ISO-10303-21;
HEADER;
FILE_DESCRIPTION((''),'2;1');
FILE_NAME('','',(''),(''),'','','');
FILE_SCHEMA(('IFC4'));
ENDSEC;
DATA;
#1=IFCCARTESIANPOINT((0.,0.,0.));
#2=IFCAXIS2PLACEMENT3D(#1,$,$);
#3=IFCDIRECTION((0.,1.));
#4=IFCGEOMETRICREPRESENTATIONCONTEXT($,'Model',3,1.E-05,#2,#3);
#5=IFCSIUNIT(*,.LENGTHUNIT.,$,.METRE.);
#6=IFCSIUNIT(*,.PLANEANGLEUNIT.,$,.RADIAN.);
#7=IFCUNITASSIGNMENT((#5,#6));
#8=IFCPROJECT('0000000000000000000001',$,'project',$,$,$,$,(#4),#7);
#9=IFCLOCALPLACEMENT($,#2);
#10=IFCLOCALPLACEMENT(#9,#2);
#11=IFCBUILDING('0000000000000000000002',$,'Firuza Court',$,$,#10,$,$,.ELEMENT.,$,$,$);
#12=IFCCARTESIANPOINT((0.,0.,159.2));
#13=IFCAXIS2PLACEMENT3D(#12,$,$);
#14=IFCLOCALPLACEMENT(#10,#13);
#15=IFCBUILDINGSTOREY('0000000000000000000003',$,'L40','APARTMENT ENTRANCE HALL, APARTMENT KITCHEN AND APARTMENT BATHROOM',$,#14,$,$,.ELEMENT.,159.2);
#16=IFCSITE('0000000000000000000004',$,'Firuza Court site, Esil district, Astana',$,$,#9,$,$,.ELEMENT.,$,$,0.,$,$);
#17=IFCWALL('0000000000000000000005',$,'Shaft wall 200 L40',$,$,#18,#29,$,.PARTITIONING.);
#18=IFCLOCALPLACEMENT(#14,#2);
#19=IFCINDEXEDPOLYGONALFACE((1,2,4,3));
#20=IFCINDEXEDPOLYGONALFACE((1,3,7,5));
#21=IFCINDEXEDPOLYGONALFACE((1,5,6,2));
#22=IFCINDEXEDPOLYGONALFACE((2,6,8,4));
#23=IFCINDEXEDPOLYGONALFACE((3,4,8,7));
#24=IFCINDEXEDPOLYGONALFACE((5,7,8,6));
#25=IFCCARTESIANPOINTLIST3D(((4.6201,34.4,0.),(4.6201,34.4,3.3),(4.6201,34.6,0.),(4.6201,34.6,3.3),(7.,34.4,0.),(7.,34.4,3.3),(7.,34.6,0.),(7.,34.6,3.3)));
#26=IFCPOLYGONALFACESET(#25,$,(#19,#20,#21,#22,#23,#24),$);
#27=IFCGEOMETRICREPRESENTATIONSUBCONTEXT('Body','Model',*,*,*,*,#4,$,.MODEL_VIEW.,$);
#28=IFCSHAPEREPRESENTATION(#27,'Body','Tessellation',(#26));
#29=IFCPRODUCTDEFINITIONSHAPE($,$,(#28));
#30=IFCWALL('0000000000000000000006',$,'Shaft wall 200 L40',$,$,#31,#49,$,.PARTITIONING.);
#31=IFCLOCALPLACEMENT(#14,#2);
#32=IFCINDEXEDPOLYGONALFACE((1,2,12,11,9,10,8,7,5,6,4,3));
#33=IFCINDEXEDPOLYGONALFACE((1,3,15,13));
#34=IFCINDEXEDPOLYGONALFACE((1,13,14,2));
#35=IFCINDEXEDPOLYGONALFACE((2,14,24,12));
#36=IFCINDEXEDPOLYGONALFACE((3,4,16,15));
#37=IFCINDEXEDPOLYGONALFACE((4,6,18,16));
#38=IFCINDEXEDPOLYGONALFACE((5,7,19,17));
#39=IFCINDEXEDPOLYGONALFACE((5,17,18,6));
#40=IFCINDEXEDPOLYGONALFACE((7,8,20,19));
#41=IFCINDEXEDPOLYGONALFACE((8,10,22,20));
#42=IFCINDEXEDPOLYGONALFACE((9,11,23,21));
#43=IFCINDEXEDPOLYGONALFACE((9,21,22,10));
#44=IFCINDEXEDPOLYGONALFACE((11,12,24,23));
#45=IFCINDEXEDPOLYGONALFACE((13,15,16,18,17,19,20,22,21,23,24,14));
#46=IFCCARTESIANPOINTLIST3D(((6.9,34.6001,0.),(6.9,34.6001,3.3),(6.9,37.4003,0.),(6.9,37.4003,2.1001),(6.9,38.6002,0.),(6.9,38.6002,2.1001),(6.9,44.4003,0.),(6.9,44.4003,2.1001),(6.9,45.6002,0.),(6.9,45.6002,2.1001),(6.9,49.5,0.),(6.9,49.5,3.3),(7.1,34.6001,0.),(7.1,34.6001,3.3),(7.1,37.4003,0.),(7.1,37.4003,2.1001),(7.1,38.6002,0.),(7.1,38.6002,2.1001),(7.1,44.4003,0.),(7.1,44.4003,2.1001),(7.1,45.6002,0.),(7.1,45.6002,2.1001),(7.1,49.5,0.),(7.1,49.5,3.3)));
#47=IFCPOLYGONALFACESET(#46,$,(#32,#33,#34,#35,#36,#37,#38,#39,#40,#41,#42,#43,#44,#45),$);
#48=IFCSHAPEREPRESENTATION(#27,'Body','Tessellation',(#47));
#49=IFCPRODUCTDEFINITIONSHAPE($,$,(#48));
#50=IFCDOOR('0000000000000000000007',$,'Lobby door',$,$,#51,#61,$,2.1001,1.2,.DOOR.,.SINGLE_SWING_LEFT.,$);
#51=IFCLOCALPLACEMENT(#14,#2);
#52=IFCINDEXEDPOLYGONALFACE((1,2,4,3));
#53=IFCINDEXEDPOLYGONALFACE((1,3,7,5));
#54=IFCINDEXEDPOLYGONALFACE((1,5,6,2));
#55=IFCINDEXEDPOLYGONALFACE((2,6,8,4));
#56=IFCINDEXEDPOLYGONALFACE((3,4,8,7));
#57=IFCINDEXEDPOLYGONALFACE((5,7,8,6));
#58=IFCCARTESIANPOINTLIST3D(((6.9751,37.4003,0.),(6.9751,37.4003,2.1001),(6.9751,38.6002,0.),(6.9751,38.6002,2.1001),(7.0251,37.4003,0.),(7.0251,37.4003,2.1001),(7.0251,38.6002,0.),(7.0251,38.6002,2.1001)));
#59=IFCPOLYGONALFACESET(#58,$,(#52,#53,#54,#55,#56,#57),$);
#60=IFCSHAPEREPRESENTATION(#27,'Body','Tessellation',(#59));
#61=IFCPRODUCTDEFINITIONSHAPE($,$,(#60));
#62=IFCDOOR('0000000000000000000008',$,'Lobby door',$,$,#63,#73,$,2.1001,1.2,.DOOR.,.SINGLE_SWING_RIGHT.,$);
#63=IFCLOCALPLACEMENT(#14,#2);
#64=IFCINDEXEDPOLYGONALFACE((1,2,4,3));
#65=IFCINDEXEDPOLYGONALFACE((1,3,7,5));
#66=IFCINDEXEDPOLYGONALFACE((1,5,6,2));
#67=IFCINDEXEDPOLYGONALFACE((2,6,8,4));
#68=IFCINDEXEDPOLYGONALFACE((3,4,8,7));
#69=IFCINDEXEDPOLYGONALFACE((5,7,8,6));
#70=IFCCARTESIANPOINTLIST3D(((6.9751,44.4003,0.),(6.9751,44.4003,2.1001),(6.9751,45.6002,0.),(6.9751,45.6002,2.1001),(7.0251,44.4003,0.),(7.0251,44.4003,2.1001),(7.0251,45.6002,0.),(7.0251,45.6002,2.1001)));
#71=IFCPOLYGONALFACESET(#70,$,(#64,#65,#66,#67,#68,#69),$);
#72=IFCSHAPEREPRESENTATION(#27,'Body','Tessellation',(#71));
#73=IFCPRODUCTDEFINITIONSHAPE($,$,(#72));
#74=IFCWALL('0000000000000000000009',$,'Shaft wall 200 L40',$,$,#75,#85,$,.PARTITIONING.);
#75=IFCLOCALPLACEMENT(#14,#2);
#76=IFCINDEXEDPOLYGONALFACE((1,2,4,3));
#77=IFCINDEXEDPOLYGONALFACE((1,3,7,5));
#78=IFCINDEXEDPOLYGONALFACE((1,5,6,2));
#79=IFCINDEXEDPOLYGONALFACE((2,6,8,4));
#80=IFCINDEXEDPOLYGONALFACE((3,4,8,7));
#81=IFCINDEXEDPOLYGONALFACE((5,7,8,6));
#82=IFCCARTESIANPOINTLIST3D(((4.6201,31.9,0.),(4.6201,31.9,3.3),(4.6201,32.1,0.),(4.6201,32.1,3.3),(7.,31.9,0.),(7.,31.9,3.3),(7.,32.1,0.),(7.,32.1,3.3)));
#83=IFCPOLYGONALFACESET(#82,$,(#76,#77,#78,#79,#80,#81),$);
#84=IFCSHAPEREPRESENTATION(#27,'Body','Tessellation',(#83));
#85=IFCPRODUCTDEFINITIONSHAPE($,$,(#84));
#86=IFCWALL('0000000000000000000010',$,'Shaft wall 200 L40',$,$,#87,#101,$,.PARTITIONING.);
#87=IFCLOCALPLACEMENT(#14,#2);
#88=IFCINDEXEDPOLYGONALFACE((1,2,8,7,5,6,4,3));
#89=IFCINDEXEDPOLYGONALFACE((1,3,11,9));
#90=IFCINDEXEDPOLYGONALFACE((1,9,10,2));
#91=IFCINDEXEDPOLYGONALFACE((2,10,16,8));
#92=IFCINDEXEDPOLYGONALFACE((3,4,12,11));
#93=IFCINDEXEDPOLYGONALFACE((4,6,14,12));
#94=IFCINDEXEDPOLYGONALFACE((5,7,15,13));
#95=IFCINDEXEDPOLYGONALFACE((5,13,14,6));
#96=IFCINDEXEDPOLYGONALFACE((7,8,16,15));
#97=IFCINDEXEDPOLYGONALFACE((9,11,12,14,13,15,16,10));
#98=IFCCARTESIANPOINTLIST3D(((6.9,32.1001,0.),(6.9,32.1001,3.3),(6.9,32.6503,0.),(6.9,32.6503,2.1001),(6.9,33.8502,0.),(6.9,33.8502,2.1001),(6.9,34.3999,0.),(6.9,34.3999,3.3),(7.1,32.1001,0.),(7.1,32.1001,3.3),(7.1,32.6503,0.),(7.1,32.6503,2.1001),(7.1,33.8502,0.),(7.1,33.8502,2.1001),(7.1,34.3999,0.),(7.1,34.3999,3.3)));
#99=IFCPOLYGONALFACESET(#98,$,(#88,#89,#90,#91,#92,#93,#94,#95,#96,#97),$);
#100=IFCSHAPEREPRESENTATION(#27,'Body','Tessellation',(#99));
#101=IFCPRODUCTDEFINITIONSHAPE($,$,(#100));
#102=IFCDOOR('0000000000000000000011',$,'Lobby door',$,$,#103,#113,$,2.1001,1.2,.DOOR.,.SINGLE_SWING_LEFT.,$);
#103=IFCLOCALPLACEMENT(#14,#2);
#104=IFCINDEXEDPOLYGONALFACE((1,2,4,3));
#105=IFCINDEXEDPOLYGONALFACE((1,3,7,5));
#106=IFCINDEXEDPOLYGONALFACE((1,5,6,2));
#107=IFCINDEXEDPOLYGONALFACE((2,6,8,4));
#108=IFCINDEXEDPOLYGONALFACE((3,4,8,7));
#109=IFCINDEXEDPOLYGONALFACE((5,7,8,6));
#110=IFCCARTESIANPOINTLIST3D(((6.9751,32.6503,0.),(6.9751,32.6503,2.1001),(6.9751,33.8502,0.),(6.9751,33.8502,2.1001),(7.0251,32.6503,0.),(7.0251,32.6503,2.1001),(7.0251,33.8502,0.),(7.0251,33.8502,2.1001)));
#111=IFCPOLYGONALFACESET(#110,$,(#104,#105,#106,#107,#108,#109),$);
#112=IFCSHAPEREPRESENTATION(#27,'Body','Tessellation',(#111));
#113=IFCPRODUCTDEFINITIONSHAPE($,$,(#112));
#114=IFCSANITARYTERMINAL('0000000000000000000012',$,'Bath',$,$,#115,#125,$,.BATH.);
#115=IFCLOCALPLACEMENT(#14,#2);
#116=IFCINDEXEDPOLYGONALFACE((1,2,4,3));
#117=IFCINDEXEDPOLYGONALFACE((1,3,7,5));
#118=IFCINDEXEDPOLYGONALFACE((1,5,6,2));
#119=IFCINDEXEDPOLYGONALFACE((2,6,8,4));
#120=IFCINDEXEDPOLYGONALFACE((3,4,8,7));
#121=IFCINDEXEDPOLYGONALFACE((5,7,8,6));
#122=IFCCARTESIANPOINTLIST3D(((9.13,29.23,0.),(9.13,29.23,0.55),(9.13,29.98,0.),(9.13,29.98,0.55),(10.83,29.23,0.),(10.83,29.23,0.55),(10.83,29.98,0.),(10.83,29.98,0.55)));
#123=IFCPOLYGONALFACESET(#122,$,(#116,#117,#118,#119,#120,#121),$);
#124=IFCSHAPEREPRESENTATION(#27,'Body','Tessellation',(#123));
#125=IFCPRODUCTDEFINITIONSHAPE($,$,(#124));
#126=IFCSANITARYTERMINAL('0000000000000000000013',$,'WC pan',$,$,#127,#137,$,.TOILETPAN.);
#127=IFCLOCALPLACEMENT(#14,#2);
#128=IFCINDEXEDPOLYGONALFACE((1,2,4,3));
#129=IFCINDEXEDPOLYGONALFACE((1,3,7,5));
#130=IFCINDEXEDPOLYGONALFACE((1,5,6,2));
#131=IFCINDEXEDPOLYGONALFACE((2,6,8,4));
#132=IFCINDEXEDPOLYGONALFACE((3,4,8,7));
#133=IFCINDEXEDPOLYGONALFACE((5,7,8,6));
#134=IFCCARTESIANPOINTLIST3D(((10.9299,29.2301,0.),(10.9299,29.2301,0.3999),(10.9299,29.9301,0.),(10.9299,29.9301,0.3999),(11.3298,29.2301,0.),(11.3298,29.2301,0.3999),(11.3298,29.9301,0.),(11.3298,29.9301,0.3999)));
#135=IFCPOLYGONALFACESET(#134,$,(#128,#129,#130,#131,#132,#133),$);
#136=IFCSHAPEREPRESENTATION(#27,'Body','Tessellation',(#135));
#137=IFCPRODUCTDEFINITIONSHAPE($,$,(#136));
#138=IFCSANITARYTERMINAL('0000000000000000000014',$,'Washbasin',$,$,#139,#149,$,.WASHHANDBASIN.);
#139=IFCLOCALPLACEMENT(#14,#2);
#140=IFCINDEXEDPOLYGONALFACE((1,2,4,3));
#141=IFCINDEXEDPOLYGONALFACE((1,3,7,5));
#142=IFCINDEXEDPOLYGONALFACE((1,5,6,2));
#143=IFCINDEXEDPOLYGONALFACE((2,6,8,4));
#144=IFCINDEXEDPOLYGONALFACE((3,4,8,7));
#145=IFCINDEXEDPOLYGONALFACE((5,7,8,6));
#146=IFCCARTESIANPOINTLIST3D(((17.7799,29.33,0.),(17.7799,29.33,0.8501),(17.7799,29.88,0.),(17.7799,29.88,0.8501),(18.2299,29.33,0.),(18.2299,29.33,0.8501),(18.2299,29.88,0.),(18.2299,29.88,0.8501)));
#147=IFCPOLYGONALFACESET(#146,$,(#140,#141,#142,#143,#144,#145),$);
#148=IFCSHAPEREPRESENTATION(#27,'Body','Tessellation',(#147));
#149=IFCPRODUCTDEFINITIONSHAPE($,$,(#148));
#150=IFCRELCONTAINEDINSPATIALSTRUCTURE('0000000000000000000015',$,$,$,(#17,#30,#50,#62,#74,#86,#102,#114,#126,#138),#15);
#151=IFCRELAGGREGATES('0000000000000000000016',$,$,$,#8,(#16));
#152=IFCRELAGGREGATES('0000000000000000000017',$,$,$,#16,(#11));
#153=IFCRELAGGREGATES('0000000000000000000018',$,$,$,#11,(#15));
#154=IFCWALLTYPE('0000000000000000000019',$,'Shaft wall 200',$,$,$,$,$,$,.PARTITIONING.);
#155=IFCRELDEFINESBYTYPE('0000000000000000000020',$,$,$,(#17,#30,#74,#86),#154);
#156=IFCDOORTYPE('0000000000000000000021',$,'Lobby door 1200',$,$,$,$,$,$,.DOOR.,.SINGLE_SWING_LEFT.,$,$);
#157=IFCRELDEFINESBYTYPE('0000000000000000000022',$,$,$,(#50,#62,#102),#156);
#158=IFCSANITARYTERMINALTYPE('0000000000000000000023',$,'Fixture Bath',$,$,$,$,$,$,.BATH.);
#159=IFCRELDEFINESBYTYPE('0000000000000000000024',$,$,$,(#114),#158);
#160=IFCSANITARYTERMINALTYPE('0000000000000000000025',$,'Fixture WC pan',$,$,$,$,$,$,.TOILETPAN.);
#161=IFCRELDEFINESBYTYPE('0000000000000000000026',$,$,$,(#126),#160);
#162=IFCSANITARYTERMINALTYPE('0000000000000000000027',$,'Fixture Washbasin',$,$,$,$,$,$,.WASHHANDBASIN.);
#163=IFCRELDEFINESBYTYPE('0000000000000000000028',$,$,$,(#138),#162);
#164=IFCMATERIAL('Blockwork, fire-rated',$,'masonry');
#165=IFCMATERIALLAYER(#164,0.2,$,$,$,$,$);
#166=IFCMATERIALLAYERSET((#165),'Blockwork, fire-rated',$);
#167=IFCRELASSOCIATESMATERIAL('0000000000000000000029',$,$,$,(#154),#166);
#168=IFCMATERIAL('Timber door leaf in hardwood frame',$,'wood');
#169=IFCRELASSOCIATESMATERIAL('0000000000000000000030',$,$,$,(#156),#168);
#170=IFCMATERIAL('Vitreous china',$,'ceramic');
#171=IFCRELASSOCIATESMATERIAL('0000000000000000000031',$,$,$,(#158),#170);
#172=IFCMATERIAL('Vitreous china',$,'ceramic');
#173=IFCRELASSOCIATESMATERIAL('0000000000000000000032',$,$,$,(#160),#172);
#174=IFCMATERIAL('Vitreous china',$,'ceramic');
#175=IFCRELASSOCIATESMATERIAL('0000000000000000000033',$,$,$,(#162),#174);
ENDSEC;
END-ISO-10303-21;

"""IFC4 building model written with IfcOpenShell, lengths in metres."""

from ifc_helpers import new_model, si_unit, direction, frame, frame_2d, origin, origin_2d, place, context, subcontext, project, spatial, rectangle, extrude, material, layer, layer_set, type_object, element, fill, save


model = new_model("IFC4")

# Units and contexts
model_context = context("Model", 3, precision=1e-05, world=origin(), true_north=direction((0.0, 1.0)))
body_context = subcontext(model_context, "Body", "Model", "MODEL_VIEW")
ifc_project = project(units=[si_unit("LENGTHUNIT", "METRE"), si_unit("PLANEANGLEUNIT", "RADIAN")], contexts=[model_context])

# Site, building, storey
site_placement = place(None, origin())
site = spatial("IfcSite", under=ifc_project, at=site_placement, Name="Firuza Court site, Esil district, Astana", CompositionType="ELEMENT", RefElevation=0.0)
building_placement = place(site_placement, origin())
building = spatial("IfcBuilding", under=site, at=building_placement, Name="Firuza Court", CompositionType="ELEMENT")
storey_placement = place(building_placement, frame((0.0, 0.0, 159.2)))
storey = spatial("IfcBuildingStorey", under=building, at=storey_placement, Name="L40", Description="APARTMENT ENTRANCE HALL, APARTMENT KITCHEN AND APARTMENT BATHROOM", CompositionType="ELEMENT", Elevation=159.2)

# Wall
ifc_material_1 = material(Name="Blockwork, fire-rated", Category="masonry")
ifc_layer_1 = layer(ifc_material_1, 0.2)
ifc_layer_set_1 = layer_set([ifc_layer_1], Name="Blockwork, fire-rated")
wall_type_1 = type_object("IfcWallType", Name="Shaft wall 200", PredefinedType="PARTITIONING", material=ifc_layer_set_1)
wall_1_placement = place(storey_placement, frame((4.6201, 34.5, 0.0), z_axis=(0.0, 0.0, 1.0), x_axis=(1.0, 0.0, 0.0)))
element("IfcWall", 1, at=wall_1_placement, inside=storey, type_object=wall_type_1, Name="Shaft wall 200 L40", PredefinedType="PARTITIONING", context=body_context, shape_type="SweptSolid", body=[
    extrude(rectangle(XDim=2.3799, YDim=0.2, at=frame_2d((1.1899, 0.0))), origin(), (0.0, 0.0, 1.0), 3.3),
])

# Wall, openings, doors
wall_2_placement = place(storey_placement, frame((7.0, 34.6001, 0.0), z_axis=(0.0, 0.0, 1.0), x_axis=(0.0, 1.0, 0.0)))
wall_2 = element("IfcWall", 2, at=wall_2_placement, inside=storey, type_object=wall_type_1, Name="Shaft wall 200 L40", PredefinedType="PARTITIONING", context=body_context, shape_type="SweptSolid", body=[
    extrude(rectangle(XDim=14.8999, YDim=0.2, at=frame_2d((7.45, 0.0))), origin(), (0.0, 0.0, 1.0), 3.3),
])
opening_1_placement = place(wall_2_placement, frame((2.8, 0.0, 0.0)))
opening_1 = element("IfcOpeningElement", 3, at=opening_1_placement, cuts=wall_2, PredefinedType="OPENING", context=body_context, shape_type="SweptSolid", body=[
    extrude(rectangle(XDim=1.2, YDim=2.1001, at=frame_2d((0.6001, 1.05))), frame((0.0, 0.1118, 0.0), z_axis=(0.0, -1.0, 0.0), x_axis=(1.0, 0.0, 0.0)), (0.0, 0.0, 1.0), 0.2239),
])
opening_2_placement = place(wall_2_placement, frame((9.8, 0.0, 0.0)))
opening_2 = element("IfcOpeningElement", 4, at=opening_2_placement, cuts=wall_2, PredefinedType="OPENING", context=body_context, shape_type="SweptSolid", body=[
    extrude(rectangle(XDim=1.2, YDim=2.1001, at=frame_2d((0.6001, 1.05))), frame((0.0, 0.1118, 0.0), z_axis=(0.0, -1.0, 0.0), x_axis=(1.0, 0.0, 0.0)), (0.0, 0.0, 1.0), 0.2239),
])
ifc_material_2 = material(Name="Timber door leaf in hardwood frame", Category="wood")
door_type_1 = type_object("IfcDoorType", Name="Lobby door 1200", OperationType="SINGLE_SWING_LEFT", PredefinedType="DOOR", material=ifc_material_2)
door_1_placement = place(opening_1_placement, origin())
door_1 = element("IfcDoor", 5, at=door_1_placement, inside=storey, type_object=door_type_1, Name="Lobby door", OperationType="SINGLE_SWING_LEFT", OverallHeight=2.1001, OverallWidth=1.2, PredefinedType="DOOR", context=body_context, shape_type="SweptSolid", body=[
    extrude(rectangle(XDim=1.2, YDim=2.1001, at=frame_2d((0.6001, 1.05))), frame((0.0, 0.0249, 0.0), z_axis=(0.0, -1.0, 0.0), x_axis=(1.0, 0.0, 0.0)), (0.0, 0.0, 1.0), 0.05),
])
fill(opening_1, door_1)
door_2_placement = place(opening_2_placement, origin())
door_2 = element("IfcDoor", 6, at=door_2_placement, inside=storey, type_object=door_type_1, Name="Lobby door", OperationType="SINGLE_SWING_RIGHT", OverallHeight=2.1001, OverallWidth=1.2, PredefinedType="DOOR", context=body_context, shape_type="SweptSolid", body=[
    extrude(rectangle(XDim=1.2, YDim=2.1001, at=frame_2d((0.6001, 1.05))), frame((0.0, 0.0249, 0.0), z_axis=(0.0, -1.0, 0.0), x_axis=(1.0, 0.0, 0.0)), (0.0, 0.0, 1.0), 0.05),
])
fill(opening_2, door_2)

# Wall
wall_3_placement = place(storey_placement, frame((4.6201, 32.0, 0.0), z_axis=(0.0, 0.0, 1.0), x_axis=(1.0, 0.0, 0.0)))
element("IfcWall", 7, at=wall_3_placement, inside=storey, type_object=wall_type_1, Name="Shaft wall 200 L40", PredefinedType="PARTITIONING", context=body_context, shape_type="SweptSolid", body=[
    extrude(rectangle(XDim=2.3799, YDim=0.2, at=frame_2d((1.1899, 0.0))), origin(), (0.0, 0.0, 1.0), 3.3),
])

# Wall, opening, door
wall_4_placement = place(storey_placement, frame((7.0, 32.1001, 0.0), z_axis=(0.0, 0.0, 1.0), x_axis=(0.0, 1.0, 0.0)))
wall_4 = element("IfcWall", 8, at=wall_4_placement, inside=storey, type_object=wall_type_1, Name="Shaft wall 200 L40", PredefinedType="PARTITIONING", context=body_context, shape_type="SweptSolid", body=[
    extrude(rectangle(XDim=2.2998, YDim=0.2, at=frame_2d((1.1499, 0.0))), origin(), (0.0, 0.0, 1.0), 3.3),
])
opening_3_placement = place(wall_4_placement, frame((0.55, 0.0, 0.0)))
opening_3 = element("IfcOpeningElement", 9, at=opening_3_placement, cuts=wall_4, PredefinedType="OPENING", context=body_context, shape_type="SweptSolid", body=[
    extrude(rectangle(XDim=1.2, YDim=2.1001, at=frame_2d((0.6001, 1.05))), frame((0.0, 0.1118, 0.0), z_axis=(0.0, -1.0, 0.0), x_axis=(1.0, 0.0, 0.0)), (0.0, 0.0, 1.0), 0.2239),
])
door_3_placement = place(opening_3_placement, origin())
door_3 = element("IfcDoor", 10, at=door_3_placement, inside=storey, type_object=door_type_1, Name="Lobby door", OperationType="SINGLE_SWING_LEFT", OverallHeight=2.1001, OverallWidth=1.2, PredefinedType="DOOR", context=body_context, shape_type="SweptSolid", body=[
    extrude(rectangle(XDim=1.2, YDim=2.1001, at=frame_2d((0.6001, 1.05))), frame((0.0, 0.0249, 0.0), z_axis=(0.0, -1.0, 0.0), x_axis=(1.0, 0.0, 0.0)), (0.0, 0.0, 1.0), 0.05),
])
fill(opening_3, door_3)

# Sanitary terminals
ifc_material_3 = material(Name="Vitreous china", Category="ceramic")
sanitary_terminal_type_1 = type_object("IfcSanitaryTerminalType", Name="Fixture Bath", PredefinedType="BATH", material=ifc_material_3)
sanitary_terminal_1_placement = place(storey_placement, frame((9.98, 29.605, 0.0), z_axis=(0.0, 0.0, 1.0), x_axis=(1.0, 0.0, 0.0)))
element("IfcSanitaryTerminal", 11, at=sanitary_terminal_1_placement, inside=storey, type_object=sanitary_terminal_type_1, Name="Bath", PredefinedType="BATH", context=body_context, shape_type="SweptSolid", body=[
    extrude(rectangle(XDim=1.7, YDim=0.75, at=origin_2d()), origin(), (0.0, 0.0, 1.0), 0.55),
])
ifc_material_4 = material(Name="Vitreous china", Category="ceramic")
sanitary_terminal_type_2 = type_object("IfcSanitaryTerminalType", Name="Fixture WC pan", PredefinedType="TOILETPAN", material=ifc_material_4)
sanitary_terminal_2_placement = place(storey_placement, frame((11.1299, 29.5801, 0.0), z_axis=(0.0, 0.0, 1.0), x_axis=(1.0, 0.0, 0.0)))
element("IfcSanitaryTerminal", 12, at=sanitary_terminal_2_placement, inside=storey, type_object=sanitary_terminal_type_2, Name="WC pan", PredefinedType="TOILETPAN", context=body_context, shape_type="SweptSolid", body=[
    extrude(rectangle(XDim=0.3999, YDim=0.7, at=origin_2d()), origin(), (0.0, 0.0, 1.0), 0.3999),
])
ifc_material_5 = material(Name="Vitreous china", Category="ceramic")
sanitary_terminal_type_3 = type_object("IfcSanitaryTerminalType", Name="Fixture Washbasin", PredefinedType="WASHHANDBASIN", material=ifc_material_5)
sanitary_terminal_3_placement = place(storey_placement, frame((18.0049, 29.605, 0.0), z_axis=(0.0, 0.0, 1.0), x_axis=(1.0, 0.0, 0.0)))
element("IfcSanitaryTerminal", 13, at=sanitary_terminal_3_placement, inside=storey, type_object=sanitary_terminal_type_3, Name="Washbasin", PredefinedType="WASHHANDBASIN", context=body_context, shape_type="SweptSolid", body=[
    extrude(rectangle(XDim=0.45, YDim=0.55, at=origin_2d()), origin(), (0.0, 0.0, 1.0), 0.8501),
])

save(model, "model.ifc")
